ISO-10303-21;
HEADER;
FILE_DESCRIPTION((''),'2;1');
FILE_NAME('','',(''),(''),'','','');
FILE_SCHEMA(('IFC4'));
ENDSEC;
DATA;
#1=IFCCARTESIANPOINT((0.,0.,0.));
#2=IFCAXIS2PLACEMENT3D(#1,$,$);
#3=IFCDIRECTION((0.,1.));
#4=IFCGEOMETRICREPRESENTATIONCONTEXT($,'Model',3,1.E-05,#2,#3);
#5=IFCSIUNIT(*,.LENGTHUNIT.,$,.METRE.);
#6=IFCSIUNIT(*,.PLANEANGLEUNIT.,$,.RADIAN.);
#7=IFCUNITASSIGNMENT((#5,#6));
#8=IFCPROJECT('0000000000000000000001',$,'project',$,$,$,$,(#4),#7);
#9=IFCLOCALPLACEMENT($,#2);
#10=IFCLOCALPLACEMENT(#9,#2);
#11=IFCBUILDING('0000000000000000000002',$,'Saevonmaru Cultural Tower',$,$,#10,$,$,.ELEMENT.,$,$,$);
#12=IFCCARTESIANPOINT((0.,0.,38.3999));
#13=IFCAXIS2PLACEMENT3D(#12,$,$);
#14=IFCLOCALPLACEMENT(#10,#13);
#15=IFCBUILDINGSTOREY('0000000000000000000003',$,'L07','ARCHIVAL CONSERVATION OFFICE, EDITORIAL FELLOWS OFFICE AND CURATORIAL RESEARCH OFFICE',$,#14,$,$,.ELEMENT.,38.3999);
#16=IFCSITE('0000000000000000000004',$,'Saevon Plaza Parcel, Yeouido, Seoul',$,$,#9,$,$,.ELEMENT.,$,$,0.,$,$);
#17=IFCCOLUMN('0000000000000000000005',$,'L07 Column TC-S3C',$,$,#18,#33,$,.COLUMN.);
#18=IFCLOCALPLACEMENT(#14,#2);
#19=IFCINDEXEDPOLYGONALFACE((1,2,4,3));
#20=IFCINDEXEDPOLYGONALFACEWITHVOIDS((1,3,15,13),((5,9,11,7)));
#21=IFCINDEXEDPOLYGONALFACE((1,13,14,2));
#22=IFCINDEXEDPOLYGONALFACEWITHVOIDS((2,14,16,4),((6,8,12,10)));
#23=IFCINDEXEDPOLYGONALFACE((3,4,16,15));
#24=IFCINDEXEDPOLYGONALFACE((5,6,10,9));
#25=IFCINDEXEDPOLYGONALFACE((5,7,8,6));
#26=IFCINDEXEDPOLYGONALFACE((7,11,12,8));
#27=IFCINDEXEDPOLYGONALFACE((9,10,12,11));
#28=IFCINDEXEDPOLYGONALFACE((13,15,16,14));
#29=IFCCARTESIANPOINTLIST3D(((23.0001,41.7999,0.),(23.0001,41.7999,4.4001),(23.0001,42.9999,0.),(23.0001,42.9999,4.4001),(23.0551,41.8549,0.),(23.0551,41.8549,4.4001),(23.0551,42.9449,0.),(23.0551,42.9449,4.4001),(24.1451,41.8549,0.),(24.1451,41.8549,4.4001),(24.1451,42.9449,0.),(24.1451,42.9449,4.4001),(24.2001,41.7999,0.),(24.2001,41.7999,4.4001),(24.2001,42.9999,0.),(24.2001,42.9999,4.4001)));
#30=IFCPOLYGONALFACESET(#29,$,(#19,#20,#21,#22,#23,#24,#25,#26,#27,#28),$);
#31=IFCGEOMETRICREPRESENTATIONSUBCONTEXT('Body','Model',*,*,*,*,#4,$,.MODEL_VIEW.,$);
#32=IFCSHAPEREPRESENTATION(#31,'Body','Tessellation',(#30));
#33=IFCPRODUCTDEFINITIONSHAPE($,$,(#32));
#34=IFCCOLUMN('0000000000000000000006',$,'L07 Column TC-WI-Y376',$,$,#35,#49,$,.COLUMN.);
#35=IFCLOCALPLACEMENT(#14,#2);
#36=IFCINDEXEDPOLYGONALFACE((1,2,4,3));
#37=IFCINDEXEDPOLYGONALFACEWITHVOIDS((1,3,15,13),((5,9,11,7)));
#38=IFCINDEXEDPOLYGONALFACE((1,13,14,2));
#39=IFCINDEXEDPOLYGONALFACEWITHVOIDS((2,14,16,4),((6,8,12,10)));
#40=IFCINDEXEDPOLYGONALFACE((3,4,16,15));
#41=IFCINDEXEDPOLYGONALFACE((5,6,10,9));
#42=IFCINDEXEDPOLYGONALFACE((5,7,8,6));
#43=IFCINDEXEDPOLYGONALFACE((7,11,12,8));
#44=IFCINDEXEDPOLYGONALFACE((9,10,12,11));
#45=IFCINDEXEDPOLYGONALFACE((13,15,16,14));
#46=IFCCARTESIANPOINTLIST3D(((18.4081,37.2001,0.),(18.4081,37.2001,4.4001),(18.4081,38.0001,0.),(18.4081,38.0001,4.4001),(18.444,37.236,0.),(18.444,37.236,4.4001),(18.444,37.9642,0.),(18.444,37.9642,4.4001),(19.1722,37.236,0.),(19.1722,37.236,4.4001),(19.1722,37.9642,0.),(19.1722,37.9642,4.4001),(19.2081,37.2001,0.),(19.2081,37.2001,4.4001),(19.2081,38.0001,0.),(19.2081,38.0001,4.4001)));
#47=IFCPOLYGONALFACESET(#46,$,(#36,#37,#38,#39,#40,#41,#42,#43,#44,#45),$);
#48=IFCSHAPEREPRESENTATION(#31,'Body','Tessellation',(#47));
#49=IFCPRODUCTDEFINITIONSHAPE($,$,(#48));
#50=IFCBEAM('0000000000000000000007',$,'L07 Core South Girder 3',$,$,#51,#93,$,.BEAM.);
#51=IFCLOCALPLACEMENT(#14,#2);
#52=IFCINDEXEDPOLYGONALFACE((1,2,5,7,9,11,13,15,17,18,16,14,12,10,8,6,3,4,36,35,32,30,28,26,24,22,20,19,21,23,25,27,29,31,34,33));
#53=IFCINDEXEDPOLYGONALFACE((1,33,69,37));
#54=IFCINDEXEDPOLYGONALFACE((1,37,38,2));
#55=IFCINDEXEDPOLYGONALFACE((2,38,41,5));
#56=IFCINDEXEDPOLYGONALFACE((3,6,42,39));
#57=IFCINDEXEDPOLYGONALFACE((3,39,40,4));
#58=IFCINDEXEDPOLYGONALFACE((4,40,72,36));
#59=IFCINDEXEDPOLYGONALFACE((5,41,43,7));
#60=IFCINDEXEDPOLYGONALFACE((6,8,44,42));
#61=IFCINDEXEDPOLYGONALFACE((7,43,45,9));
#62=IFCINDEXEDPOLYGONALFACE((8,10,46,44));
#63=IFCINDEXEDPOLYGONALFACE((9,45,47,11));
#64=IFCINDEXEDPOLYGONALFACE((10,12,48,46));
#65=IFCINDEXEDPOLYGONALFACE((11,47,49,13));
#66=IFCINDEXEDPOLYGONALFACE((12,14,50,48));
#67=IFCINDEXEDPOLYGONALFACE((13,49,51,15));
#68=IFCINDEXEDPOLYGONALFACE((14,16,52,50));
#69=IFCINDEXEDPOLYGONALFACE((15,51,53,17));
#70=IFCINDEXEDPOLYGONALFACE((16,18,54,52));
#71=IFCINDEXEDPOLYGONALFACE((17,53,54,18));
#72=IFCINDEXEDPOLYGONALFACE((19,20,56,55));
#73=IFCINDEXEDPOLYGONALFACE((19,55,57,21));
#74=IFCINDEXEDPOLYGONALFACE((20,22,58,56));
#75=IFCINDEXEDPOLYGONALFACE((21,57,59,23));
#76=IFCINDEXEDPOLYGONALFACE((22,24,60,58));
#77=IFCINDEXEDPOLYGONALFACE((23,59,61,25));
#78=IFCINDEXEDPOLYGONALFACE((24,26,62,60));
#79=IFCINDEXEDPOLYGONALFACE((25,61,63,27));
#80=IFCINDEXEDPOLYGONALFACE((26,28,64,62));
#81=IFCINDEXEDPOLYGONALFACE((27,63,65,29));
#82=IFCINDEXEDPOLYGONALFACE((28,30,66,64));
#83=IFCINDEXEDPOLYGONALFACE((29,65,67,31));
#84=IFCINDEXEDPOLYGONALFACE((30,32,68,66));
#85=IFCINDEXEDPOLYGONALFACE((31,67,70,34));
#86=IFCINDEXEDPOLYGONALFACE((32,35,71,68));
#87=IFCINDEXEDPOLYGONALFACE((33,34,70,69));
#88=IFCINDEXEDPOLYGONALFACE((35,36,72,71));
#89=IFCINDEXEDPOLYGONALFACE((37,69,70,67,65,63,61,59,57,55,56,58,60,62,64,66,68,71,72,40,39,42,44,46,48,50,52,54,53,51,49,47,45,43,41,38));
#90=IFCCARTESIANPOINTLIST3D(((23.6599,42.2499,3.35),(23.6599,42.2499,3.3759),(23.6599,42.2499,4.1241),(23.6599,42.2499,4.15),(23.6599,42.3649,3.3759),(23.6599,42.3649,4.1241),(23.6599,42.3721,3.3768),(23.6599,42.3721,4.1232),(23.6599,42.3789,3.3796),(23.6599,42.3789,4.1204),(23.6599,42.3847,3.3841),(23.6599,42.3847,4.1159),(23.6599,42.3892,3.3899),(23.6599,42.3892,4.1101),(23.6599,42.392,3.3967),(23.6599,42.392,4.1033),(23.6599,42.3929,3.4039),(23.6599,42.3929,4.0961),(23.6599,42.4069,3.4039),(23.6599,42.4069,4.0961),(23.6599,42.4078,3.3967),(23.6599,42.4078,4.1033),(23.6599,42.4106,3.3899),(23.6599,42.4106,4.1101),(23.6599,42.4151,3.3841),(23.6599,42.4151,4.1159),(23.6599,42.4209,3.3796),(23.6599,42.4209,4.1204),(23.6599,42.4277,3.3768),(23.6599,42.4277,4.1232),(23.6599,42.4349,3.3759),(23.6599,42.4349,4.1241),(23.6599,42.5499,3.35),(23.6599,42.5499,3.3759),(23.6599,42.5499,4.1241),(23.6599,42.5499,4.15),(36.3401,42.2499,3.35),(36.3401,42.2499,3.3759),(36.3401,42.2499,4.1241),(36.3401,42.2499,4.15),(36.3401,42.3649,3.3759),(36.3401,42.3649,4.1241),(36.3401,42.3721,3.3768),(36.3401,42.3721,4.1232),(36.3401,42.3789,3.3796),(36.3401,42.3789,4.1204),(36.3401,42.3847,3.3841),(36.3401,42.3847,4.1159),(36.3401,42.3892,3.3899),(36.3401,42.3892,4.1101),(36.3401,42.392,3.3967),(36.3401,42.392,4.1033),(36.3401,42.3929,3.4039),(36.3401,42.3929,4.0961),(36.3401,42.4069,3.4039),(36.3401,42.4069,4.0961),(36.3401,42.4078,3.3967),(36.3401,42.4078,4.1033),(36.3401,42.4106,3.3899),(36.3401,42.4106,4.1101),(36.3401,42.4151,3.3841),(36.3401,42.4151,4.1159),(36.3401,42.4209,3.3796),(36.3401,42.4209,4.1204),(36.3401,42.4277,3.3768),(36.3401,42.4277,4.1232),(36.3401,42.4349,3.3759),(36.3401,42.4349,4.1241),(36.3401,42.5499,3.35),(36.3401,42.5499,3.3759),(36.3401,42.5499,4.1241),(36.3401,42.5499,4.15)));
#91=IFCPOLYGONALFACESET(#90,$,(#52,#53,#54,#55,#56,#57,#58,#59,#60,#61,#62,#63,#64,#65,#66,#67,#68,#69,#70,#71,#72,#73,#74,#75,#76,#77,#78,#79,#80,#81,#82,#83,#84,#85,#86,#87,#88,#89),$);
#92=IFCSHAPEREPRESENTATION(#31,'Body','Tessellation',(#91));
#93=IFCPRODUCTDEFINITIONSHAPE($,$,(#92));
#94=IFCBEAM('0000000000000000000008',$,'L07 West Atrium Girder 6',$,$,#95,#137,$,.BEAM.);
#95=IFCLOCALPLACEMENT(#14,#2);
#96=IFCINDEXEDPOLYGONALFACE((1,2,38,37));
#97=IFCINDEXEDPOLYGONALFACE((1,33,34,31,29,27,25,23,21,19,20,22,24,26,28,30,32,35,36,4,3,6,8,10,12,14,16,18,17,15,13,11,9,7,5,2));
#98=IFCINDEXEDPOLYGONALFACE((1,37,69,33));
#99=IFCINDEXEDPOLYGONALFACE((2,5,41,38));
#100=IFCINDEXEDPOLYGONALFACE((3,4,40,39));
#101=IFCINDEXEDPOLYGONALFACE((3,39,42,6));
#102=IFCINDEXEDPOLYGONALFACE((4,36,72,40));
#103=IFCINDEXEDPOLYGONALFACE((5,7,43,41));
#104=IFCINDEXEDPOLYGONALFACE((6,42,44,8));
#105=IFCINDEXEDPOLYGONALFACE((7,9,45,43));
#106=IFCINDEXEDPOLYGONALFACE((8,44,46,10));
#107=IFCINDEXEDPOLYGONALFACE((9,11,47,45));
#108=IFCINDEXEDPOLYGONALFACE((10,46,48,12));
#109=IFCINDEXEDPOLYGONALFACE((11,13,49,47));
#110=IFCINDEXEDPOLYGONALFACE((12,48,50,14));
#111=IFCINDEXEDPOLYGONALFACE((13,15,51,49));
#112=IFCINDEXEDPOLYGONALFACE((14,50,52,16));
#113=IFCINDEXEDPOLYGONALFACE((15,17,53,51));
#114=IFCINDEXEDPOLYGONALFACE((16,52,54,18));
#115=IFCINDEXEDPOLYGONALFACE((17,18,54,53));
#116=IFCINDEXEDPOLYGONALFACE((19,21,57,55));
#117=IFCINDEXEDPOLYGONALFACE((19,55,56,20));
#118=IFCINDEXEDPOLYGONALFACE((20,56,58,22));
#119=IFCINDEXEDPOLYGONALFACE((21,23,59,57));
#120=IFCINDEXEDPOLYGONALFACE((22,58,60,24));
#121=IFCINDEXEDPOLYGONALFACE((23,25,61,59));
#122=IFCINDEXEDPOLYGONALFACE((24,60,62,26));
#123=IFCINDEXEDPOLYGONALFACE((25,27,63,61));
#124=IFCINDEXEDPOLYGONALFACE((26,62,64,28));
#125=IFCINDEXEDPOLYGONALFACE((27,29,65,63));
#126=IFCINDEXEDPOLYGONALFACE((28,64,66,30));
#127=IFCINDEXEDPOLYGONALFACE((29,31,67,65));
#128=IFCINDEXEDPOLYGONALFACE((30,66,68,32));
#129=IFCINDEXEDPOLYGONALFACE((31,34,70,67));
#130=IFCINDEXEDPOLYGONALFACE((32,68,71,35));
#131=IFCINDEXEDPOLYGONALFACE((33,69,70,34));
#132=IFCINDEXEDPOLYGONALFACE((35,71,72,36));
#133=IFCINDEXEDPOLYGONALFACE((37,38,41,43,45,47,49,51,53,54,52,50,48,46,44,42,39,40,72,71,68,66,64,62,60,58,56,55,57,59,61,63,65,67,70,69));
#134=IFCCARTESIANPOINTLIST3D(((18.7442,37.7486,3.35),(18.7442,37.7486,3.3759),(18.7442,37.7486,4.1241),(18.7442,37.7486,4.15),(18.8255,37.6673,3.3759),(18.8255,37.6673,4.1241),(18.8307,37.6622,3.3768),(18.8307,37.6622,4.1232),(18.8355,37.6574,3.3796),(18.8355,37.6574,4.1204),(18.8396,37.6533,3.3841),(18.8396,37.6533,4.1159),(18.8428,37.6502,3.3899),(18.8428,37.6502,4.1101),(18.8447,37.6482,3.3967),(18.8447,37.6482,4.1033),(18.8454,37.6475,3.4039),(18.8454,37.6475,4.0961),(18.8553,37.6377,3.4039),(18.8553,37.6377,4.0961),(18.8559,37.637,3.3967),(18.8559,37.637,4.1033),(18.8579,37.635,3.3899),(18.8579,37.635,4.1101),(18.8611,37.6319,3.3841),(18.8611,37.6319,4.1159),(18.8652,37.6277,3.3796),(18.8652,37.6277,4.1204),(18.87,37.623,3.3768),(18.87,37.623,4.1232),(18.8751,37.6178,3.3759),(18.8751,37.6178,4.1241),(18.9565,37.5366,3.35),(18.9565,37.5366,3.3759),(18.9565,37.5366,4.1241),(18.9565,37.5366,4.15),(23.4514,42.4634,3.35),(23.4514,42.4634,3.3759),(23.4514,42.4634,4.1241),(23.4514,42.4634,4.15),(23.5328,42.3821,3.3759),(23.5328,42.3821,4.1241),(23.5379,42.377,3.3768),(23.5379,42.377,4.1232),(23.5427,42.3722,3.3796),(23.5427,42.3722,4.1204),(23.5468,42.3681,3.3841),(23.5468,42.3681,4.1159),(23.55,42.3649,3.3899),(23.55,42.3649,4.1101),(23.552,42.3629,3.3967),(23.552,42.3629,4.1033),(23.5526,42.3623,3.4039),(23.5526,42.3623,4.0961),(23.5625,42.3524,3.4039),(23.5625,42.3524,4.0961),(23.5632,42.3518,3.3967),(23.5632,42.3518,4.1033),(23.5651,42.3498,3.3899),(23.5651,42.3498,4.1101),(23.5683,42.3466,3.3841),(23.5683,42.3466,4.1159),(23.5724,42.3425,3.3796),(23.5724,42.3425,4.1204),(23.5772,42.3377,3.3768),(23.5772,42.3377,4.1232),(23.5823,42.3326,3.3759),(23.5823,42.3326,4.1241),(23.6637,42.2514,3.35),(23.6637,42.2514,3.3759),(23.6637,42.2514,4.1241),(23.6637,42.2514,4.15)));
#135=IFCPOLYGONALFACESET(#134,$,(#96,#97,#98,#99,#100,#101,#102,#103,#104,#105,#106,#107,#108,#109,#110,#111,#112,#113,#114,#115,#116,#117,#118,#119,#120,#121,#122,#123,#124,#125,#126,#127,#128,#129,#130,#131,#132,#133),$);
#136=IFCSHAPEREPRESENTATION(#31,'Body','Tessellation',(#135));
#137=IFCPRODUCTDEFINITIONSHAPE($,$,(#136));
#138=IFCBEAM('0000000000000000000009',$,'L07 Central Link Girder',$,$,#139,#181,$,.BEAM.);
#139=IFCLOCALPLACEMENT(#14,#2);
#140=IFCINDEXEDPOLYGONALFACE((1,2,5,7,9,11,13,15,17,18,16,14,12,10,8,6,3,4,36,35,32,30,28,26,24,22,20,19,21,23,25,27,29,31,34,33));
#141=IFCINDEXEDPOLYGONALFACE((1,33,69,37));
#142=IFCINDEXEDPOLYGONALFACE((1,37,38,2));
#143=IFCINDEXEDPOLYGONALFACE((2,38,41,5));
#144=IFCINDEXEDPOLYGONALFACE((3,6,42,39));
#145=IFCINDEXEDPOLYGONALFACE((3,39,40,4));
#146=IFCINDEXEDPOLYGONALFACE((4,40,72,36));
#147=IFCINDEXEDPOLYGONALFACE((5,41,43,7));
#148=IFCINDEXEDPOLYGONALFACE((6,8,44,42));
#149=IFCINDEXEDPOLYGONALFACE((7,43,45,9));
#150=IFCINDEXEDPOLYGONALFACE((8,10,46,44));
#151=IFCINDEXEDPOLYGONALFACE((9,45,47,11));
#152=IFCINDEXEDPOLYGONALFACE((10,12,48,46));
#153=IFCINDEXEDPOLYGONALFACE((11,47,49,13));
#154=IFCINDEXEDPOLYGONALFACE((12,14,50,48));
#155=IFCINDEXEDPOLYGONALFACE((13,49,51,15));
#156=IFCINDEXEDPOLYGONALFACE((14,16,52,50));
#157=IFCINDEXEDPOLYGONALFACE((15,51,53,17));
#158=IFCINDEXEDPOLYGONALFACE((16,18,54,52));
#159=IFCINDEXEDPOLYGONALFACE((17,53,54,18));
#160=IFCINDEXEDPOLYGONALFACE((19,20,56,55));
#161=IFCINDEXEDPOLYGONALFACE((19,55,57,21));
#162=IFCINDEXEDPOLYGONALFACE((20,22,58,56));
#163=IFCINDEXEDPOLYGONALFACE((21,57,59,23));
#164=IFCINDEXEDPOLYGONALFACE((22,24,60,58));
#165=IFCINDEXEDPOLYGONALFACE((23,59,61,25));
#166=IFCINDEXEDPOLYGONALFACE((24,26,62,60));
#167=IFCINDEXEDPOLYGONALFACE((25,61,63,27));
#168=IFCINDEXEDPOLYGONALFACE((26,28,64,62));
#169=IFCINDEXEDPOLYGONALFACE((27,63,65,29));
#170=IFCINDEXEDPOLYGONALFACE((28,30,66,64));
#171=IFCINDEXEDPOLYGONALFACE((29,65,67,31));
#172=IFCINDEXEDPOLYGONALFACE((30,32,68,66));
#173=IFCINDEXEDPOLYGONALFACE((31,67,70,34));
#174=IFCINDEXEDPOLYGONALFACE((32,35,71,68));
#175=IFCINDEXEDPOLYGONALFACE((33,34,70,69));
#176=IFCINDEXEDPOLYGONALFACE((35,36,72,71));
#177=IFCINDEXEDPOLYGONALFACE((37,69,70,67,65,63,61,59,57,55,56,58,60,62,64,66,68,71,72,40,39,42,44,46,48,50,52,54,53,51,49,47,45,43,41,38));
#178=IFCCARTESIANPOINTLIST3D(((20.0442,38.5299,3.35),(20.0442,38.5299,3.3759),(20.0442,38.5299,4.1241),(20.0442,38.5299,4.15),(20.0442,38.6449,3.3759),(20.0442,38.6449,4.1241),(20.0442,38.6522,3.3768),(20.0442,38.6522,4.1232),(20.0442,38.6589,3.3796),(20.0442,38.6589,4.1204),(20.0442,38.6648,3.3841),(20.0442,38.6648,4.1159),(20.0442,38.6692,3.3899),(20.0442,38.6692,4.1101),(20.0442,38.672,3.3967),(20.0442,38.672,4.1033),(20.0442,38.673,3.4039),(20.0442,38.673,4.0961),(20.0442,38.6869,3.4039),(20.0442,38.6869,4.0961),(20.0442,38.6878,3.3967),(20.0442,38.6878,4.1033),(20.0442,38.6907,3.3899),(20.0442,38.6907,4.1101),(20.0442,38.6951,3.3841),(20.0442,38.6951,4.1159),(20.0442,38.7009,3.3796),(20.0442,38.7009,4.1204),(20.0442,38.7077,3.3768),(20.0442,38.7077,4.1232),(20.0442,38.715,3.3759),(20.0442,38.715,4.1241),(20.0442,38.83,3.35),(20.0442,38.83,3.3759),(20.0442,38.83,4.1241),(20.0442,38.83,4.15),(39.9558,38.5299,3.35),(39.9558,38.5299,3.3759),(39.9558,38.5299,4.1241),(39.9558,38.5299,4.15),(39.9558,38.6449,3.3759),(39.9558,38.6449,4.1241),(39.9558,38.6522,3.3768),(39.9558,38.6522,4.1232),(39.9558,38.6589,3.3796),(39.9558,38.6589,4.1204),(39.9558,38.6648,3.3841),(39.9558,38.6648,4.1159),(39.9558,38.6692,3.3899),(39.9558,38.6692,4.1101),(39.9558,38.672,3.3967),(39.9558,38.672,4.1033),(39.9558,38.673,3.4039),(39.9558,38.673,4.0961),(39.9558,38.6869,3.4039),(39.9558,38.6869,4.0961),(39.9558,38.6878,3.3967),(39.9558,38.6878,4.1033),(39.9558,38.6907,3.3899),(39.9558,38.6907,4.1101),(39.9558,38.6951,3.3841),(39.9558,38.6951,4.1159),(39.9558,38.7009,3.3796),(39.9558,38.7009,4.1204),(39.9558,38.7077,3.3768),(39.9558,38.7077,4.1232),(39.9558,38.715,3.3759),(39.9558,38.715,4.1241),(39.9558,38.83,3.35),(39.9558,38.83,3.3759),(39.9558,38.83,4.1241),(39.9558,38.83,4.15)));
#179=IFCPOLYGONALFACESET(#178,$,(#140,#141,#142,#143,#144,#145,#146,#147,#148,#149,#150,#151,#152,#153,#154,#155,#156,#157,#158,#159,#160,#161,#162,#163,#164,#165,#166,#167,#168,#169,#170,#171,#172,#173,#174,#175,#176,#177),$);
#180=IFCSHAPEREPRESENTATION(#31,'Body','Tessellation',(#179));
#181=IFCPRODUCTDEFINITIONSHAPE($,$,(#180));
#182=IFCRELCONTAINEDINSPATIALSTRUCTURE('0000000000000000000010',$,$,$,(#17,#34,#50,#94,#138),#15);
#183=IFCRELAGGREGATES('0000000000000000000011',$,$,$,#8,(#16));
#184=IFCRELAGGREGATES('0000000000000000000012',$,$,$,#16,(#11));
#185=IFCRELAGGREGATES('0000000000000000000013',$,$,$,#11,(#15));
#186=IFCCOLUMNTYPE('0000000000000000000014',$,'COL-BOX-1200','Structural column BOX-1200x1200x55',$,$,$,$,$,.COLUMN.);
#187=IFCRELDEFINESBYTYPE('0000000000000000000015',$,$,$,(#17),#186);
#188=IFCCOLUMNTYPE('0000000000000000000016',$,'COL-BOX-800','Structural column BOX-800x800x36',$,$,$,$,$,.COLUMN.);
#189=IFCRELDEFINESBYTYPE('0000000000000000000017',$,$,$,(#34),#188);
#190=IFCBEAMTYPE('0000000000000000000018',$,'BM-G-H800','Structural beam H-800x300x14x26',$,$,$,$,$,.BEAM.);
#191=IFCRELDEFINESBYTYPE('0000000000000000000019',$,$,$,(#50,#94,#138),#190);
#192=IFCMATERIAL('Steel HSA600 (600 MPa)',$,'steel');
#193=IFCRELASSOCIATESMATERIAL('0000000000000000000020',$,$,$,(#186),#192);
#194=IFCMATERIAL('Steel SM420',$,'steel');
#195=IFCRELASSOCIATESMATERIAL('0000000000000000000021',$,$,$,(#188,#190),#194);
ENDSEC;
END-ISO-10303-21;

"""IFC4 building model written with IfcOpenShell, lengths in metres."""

from ifc_helpers import new_model, si_unit, direction, frame, origin, origin_2d, place, context, subcontext, project, spatial, hollow_rectangle, i_section, extrude, material, material_profile, profile_set, type_object, element, save


model = new_model("IFC4")

# Units and contexts
model_context = context("Model", 3, precision=1e-05, world=origin(), true_north=direction((0.0, 1.0)))
body_context = subcontext(model_context, "Body", "Model", "MODEL_VIEW")
ifc_project = project(units=[si_unit("LENGTHUNIT", "METRE"), si_unit("PLANEANGLEUNIT", "RADIAN")], contexts=[model_context])

# Site, building, storey
site_placement = place(None, origin())
site = spatial("IfcSite", under=ifc_project, at=site_placement, Name="Saevon Plaza Parcel, Yeouido, Seoul", CompositionType="ELEMENT", RefElevation=0.0)
building_placement = place(site_placement, origin())
building = spatial("IfcBuilding", under=site, at=building_placement, Name="Saevonmaru Cultural Tower", CompositionType="ELEMENT")
storey_placement = place(building_placement, frame((0.0, 0.0, 38.3999)))
storey = spatial("IfcBuildingStorey", under=building, at=storey_placement, Name="L07", Description="ARCHIVAL CONSERVATION OFFICE, EDITORIAL FELLOWS OFFICE AND CURATORIAL RESEARCH OFFICE", CompositionType="ELEMENT", Elevation=38.3999)

# Columns
ifc_material_1 = material(Name="Steel HSA600 (600 MPa)", Category="steel")
ifc_material_profile_1 = material_profile(ifc_material_1, hollow_rectangle(XDim=1.2, YDim=1.2, WallThickness=0.0549, at=origin_2d()), Name="BOX-1200x1200x55")
ifc_profile_set_1 = profile_set([ifc_material_profile_1], Name="Steel HSA600 (600 MPa)")
column_type_1 = type_object("IfcColumnType", Name="COL-BOX-1200", Description="Structural column BOX-1200x1200x55", PredefinedType="COLUMN", material=ifc_profile_set_1)
column_1_placement = place(storey_placement, frame((23.6001, 42.3999, 0.0), z_axis=(0.0, 0.0, 1.0), x_axis=(1.0, 0.0, 0.0)))
element("IfcColumn", 1, at=column_1_placement, inside=storey, type_object=column_type_1, Name="L07 Column TC-S3C", PredefinedType="COLUMN", context=body_context, shape_type="SweptSolid", body=[
    extrude(hollow_rectangle(XDim=1.2, YDim=1.2, WallThickness=0.0549, at=origin_2d()), origin(), (0.0, 0.0, 1.0), 4.4001),
])
ifc_material_2 = material(Name="Steel SM420", Category="steel")
ifc_material_profile_2 = material_profile(ifc_material_2, hollow_rectangle(XDim=0.8, YDim=0.8, WallThickness=0.0359, at=origin_2d()), Name="BOX-800x800x36")
ifc_profile_set_2 = profile_set([ifc_material_profile_2], Name="Steel SM420")
column_type_2 = type_object("IfcColumnType", Name="COL-BOX-800", Description="Structural column BOX-800x800x36", PredefinedType="COLUMN", material=ifc_profile_set_2)
column_2_placement = place(storey_placement, frame((18.8081, 37.6001, 0.0), z_axis=(0.0, 0.0, 1.0), x_axis=(1.0, 0.0, 0.0)))
element("IfcColumn", 2, at=column_2_placement, inside=storey, type_object=column_type_2, Name="L07 Column TC-WI-Y376", PredefinedType="COLUMN", context=body_context, shape_type="SweptSolid", body=[
    extrude(hollow_rectangle(XDim=0.8, YDim=0.8, WallThickness=0.0359, at=origin_2d()), origin(), (0.0, 0.0, 1.0), 4.4001),
])

# Beams
ifc_material_profile_3 = material_profile(ifc_material_2, i_section(OverallWidth=0.3, OverallDepth=0.8, WebThickness=0.0139, FlangeThickness=0.0259, FilletRadius=0.0281, at=origin_2d()), Name="H-800x300x14x26")
ifc_profile_set_3 = profile_set([ifc_material_profile_3], Name="Steel SM420")
beam_type = type_object("IfcBeamType", Name="BM-G-H800", Description="Structural beam H-800x300x14x26", PredefinedType="BEAM", material=ifc_profile_set_3)
beam_1_placement = place(storey_placement, frame((23.6599, 42.3999, 3.75), z_axis=(1.0, 0.0, 0.0), x_axis=(0.0, 1.0, 0.0)))
element("IfcBeam", 3, at=beam_1_placement, inside=storey, type_object=beam_type, Name="L07 Core South Girder 3", PredefinedType="BEAM", context=body_context, shape_type="SweptSolid", body=[
    extrude(i_section(OverallWidth=0.3, OverallDepth=0.8, WebThickness=0.0139, FlangeThickness=0.0259, FilletRadius=0.0281, at=origin_2d()), origin(), (0.0, 0.0, 1.0), 12.6802),
])
beam_2_placement = place(storey_placement, frame((18.8503, 37.6426, 3.75), z_axis=(0.706539, 0.707675, 0.0), x_axis=(-0.707675, 0.706539, 0.0)))
element("IfcBeam", 4, at=beam_2_placement, inside=storey, type_object=beam_type, Name="L07 West Atrium Girder 6", PredefinedType="BEAM", context=body_context, shape_type="SweptSolid", body=[
    extrude(i_section(OverallWidth=0.3, OverallDepth=0.8, WebThickness=0.0139, FlangeThickness=0.0259, FilletRadius=0.0281, at=origin_2d()), origin(), (0.0, 0.0, 1.0), 6.6624),
])
beam_3_placement = place(storey_placement, frame((20.0442, 38.6799, 3.75), z_axis=(1.0, 0.0, 0.0), x_axis=(0.0, 1.0, 0.0)))
element("IfcBeam", 5, at=beam_3_placement, inside=storey, type_object=beam_type, Name="L07 Central Link Girder", PredefinedType="BEAM", context=body_context, shape_type="SweptSolid", body=[
    extrude(i_section(OverallWidth=0.3, OverallDepth=0.8, WebThickness=0.0139, FlangeThickness=0.0259, FilletRadius=0.0281, at=origin_2d()), origin(), (0.0, 0.0, 1.0), 19.9116),
])

save(model, "model.ifc")
